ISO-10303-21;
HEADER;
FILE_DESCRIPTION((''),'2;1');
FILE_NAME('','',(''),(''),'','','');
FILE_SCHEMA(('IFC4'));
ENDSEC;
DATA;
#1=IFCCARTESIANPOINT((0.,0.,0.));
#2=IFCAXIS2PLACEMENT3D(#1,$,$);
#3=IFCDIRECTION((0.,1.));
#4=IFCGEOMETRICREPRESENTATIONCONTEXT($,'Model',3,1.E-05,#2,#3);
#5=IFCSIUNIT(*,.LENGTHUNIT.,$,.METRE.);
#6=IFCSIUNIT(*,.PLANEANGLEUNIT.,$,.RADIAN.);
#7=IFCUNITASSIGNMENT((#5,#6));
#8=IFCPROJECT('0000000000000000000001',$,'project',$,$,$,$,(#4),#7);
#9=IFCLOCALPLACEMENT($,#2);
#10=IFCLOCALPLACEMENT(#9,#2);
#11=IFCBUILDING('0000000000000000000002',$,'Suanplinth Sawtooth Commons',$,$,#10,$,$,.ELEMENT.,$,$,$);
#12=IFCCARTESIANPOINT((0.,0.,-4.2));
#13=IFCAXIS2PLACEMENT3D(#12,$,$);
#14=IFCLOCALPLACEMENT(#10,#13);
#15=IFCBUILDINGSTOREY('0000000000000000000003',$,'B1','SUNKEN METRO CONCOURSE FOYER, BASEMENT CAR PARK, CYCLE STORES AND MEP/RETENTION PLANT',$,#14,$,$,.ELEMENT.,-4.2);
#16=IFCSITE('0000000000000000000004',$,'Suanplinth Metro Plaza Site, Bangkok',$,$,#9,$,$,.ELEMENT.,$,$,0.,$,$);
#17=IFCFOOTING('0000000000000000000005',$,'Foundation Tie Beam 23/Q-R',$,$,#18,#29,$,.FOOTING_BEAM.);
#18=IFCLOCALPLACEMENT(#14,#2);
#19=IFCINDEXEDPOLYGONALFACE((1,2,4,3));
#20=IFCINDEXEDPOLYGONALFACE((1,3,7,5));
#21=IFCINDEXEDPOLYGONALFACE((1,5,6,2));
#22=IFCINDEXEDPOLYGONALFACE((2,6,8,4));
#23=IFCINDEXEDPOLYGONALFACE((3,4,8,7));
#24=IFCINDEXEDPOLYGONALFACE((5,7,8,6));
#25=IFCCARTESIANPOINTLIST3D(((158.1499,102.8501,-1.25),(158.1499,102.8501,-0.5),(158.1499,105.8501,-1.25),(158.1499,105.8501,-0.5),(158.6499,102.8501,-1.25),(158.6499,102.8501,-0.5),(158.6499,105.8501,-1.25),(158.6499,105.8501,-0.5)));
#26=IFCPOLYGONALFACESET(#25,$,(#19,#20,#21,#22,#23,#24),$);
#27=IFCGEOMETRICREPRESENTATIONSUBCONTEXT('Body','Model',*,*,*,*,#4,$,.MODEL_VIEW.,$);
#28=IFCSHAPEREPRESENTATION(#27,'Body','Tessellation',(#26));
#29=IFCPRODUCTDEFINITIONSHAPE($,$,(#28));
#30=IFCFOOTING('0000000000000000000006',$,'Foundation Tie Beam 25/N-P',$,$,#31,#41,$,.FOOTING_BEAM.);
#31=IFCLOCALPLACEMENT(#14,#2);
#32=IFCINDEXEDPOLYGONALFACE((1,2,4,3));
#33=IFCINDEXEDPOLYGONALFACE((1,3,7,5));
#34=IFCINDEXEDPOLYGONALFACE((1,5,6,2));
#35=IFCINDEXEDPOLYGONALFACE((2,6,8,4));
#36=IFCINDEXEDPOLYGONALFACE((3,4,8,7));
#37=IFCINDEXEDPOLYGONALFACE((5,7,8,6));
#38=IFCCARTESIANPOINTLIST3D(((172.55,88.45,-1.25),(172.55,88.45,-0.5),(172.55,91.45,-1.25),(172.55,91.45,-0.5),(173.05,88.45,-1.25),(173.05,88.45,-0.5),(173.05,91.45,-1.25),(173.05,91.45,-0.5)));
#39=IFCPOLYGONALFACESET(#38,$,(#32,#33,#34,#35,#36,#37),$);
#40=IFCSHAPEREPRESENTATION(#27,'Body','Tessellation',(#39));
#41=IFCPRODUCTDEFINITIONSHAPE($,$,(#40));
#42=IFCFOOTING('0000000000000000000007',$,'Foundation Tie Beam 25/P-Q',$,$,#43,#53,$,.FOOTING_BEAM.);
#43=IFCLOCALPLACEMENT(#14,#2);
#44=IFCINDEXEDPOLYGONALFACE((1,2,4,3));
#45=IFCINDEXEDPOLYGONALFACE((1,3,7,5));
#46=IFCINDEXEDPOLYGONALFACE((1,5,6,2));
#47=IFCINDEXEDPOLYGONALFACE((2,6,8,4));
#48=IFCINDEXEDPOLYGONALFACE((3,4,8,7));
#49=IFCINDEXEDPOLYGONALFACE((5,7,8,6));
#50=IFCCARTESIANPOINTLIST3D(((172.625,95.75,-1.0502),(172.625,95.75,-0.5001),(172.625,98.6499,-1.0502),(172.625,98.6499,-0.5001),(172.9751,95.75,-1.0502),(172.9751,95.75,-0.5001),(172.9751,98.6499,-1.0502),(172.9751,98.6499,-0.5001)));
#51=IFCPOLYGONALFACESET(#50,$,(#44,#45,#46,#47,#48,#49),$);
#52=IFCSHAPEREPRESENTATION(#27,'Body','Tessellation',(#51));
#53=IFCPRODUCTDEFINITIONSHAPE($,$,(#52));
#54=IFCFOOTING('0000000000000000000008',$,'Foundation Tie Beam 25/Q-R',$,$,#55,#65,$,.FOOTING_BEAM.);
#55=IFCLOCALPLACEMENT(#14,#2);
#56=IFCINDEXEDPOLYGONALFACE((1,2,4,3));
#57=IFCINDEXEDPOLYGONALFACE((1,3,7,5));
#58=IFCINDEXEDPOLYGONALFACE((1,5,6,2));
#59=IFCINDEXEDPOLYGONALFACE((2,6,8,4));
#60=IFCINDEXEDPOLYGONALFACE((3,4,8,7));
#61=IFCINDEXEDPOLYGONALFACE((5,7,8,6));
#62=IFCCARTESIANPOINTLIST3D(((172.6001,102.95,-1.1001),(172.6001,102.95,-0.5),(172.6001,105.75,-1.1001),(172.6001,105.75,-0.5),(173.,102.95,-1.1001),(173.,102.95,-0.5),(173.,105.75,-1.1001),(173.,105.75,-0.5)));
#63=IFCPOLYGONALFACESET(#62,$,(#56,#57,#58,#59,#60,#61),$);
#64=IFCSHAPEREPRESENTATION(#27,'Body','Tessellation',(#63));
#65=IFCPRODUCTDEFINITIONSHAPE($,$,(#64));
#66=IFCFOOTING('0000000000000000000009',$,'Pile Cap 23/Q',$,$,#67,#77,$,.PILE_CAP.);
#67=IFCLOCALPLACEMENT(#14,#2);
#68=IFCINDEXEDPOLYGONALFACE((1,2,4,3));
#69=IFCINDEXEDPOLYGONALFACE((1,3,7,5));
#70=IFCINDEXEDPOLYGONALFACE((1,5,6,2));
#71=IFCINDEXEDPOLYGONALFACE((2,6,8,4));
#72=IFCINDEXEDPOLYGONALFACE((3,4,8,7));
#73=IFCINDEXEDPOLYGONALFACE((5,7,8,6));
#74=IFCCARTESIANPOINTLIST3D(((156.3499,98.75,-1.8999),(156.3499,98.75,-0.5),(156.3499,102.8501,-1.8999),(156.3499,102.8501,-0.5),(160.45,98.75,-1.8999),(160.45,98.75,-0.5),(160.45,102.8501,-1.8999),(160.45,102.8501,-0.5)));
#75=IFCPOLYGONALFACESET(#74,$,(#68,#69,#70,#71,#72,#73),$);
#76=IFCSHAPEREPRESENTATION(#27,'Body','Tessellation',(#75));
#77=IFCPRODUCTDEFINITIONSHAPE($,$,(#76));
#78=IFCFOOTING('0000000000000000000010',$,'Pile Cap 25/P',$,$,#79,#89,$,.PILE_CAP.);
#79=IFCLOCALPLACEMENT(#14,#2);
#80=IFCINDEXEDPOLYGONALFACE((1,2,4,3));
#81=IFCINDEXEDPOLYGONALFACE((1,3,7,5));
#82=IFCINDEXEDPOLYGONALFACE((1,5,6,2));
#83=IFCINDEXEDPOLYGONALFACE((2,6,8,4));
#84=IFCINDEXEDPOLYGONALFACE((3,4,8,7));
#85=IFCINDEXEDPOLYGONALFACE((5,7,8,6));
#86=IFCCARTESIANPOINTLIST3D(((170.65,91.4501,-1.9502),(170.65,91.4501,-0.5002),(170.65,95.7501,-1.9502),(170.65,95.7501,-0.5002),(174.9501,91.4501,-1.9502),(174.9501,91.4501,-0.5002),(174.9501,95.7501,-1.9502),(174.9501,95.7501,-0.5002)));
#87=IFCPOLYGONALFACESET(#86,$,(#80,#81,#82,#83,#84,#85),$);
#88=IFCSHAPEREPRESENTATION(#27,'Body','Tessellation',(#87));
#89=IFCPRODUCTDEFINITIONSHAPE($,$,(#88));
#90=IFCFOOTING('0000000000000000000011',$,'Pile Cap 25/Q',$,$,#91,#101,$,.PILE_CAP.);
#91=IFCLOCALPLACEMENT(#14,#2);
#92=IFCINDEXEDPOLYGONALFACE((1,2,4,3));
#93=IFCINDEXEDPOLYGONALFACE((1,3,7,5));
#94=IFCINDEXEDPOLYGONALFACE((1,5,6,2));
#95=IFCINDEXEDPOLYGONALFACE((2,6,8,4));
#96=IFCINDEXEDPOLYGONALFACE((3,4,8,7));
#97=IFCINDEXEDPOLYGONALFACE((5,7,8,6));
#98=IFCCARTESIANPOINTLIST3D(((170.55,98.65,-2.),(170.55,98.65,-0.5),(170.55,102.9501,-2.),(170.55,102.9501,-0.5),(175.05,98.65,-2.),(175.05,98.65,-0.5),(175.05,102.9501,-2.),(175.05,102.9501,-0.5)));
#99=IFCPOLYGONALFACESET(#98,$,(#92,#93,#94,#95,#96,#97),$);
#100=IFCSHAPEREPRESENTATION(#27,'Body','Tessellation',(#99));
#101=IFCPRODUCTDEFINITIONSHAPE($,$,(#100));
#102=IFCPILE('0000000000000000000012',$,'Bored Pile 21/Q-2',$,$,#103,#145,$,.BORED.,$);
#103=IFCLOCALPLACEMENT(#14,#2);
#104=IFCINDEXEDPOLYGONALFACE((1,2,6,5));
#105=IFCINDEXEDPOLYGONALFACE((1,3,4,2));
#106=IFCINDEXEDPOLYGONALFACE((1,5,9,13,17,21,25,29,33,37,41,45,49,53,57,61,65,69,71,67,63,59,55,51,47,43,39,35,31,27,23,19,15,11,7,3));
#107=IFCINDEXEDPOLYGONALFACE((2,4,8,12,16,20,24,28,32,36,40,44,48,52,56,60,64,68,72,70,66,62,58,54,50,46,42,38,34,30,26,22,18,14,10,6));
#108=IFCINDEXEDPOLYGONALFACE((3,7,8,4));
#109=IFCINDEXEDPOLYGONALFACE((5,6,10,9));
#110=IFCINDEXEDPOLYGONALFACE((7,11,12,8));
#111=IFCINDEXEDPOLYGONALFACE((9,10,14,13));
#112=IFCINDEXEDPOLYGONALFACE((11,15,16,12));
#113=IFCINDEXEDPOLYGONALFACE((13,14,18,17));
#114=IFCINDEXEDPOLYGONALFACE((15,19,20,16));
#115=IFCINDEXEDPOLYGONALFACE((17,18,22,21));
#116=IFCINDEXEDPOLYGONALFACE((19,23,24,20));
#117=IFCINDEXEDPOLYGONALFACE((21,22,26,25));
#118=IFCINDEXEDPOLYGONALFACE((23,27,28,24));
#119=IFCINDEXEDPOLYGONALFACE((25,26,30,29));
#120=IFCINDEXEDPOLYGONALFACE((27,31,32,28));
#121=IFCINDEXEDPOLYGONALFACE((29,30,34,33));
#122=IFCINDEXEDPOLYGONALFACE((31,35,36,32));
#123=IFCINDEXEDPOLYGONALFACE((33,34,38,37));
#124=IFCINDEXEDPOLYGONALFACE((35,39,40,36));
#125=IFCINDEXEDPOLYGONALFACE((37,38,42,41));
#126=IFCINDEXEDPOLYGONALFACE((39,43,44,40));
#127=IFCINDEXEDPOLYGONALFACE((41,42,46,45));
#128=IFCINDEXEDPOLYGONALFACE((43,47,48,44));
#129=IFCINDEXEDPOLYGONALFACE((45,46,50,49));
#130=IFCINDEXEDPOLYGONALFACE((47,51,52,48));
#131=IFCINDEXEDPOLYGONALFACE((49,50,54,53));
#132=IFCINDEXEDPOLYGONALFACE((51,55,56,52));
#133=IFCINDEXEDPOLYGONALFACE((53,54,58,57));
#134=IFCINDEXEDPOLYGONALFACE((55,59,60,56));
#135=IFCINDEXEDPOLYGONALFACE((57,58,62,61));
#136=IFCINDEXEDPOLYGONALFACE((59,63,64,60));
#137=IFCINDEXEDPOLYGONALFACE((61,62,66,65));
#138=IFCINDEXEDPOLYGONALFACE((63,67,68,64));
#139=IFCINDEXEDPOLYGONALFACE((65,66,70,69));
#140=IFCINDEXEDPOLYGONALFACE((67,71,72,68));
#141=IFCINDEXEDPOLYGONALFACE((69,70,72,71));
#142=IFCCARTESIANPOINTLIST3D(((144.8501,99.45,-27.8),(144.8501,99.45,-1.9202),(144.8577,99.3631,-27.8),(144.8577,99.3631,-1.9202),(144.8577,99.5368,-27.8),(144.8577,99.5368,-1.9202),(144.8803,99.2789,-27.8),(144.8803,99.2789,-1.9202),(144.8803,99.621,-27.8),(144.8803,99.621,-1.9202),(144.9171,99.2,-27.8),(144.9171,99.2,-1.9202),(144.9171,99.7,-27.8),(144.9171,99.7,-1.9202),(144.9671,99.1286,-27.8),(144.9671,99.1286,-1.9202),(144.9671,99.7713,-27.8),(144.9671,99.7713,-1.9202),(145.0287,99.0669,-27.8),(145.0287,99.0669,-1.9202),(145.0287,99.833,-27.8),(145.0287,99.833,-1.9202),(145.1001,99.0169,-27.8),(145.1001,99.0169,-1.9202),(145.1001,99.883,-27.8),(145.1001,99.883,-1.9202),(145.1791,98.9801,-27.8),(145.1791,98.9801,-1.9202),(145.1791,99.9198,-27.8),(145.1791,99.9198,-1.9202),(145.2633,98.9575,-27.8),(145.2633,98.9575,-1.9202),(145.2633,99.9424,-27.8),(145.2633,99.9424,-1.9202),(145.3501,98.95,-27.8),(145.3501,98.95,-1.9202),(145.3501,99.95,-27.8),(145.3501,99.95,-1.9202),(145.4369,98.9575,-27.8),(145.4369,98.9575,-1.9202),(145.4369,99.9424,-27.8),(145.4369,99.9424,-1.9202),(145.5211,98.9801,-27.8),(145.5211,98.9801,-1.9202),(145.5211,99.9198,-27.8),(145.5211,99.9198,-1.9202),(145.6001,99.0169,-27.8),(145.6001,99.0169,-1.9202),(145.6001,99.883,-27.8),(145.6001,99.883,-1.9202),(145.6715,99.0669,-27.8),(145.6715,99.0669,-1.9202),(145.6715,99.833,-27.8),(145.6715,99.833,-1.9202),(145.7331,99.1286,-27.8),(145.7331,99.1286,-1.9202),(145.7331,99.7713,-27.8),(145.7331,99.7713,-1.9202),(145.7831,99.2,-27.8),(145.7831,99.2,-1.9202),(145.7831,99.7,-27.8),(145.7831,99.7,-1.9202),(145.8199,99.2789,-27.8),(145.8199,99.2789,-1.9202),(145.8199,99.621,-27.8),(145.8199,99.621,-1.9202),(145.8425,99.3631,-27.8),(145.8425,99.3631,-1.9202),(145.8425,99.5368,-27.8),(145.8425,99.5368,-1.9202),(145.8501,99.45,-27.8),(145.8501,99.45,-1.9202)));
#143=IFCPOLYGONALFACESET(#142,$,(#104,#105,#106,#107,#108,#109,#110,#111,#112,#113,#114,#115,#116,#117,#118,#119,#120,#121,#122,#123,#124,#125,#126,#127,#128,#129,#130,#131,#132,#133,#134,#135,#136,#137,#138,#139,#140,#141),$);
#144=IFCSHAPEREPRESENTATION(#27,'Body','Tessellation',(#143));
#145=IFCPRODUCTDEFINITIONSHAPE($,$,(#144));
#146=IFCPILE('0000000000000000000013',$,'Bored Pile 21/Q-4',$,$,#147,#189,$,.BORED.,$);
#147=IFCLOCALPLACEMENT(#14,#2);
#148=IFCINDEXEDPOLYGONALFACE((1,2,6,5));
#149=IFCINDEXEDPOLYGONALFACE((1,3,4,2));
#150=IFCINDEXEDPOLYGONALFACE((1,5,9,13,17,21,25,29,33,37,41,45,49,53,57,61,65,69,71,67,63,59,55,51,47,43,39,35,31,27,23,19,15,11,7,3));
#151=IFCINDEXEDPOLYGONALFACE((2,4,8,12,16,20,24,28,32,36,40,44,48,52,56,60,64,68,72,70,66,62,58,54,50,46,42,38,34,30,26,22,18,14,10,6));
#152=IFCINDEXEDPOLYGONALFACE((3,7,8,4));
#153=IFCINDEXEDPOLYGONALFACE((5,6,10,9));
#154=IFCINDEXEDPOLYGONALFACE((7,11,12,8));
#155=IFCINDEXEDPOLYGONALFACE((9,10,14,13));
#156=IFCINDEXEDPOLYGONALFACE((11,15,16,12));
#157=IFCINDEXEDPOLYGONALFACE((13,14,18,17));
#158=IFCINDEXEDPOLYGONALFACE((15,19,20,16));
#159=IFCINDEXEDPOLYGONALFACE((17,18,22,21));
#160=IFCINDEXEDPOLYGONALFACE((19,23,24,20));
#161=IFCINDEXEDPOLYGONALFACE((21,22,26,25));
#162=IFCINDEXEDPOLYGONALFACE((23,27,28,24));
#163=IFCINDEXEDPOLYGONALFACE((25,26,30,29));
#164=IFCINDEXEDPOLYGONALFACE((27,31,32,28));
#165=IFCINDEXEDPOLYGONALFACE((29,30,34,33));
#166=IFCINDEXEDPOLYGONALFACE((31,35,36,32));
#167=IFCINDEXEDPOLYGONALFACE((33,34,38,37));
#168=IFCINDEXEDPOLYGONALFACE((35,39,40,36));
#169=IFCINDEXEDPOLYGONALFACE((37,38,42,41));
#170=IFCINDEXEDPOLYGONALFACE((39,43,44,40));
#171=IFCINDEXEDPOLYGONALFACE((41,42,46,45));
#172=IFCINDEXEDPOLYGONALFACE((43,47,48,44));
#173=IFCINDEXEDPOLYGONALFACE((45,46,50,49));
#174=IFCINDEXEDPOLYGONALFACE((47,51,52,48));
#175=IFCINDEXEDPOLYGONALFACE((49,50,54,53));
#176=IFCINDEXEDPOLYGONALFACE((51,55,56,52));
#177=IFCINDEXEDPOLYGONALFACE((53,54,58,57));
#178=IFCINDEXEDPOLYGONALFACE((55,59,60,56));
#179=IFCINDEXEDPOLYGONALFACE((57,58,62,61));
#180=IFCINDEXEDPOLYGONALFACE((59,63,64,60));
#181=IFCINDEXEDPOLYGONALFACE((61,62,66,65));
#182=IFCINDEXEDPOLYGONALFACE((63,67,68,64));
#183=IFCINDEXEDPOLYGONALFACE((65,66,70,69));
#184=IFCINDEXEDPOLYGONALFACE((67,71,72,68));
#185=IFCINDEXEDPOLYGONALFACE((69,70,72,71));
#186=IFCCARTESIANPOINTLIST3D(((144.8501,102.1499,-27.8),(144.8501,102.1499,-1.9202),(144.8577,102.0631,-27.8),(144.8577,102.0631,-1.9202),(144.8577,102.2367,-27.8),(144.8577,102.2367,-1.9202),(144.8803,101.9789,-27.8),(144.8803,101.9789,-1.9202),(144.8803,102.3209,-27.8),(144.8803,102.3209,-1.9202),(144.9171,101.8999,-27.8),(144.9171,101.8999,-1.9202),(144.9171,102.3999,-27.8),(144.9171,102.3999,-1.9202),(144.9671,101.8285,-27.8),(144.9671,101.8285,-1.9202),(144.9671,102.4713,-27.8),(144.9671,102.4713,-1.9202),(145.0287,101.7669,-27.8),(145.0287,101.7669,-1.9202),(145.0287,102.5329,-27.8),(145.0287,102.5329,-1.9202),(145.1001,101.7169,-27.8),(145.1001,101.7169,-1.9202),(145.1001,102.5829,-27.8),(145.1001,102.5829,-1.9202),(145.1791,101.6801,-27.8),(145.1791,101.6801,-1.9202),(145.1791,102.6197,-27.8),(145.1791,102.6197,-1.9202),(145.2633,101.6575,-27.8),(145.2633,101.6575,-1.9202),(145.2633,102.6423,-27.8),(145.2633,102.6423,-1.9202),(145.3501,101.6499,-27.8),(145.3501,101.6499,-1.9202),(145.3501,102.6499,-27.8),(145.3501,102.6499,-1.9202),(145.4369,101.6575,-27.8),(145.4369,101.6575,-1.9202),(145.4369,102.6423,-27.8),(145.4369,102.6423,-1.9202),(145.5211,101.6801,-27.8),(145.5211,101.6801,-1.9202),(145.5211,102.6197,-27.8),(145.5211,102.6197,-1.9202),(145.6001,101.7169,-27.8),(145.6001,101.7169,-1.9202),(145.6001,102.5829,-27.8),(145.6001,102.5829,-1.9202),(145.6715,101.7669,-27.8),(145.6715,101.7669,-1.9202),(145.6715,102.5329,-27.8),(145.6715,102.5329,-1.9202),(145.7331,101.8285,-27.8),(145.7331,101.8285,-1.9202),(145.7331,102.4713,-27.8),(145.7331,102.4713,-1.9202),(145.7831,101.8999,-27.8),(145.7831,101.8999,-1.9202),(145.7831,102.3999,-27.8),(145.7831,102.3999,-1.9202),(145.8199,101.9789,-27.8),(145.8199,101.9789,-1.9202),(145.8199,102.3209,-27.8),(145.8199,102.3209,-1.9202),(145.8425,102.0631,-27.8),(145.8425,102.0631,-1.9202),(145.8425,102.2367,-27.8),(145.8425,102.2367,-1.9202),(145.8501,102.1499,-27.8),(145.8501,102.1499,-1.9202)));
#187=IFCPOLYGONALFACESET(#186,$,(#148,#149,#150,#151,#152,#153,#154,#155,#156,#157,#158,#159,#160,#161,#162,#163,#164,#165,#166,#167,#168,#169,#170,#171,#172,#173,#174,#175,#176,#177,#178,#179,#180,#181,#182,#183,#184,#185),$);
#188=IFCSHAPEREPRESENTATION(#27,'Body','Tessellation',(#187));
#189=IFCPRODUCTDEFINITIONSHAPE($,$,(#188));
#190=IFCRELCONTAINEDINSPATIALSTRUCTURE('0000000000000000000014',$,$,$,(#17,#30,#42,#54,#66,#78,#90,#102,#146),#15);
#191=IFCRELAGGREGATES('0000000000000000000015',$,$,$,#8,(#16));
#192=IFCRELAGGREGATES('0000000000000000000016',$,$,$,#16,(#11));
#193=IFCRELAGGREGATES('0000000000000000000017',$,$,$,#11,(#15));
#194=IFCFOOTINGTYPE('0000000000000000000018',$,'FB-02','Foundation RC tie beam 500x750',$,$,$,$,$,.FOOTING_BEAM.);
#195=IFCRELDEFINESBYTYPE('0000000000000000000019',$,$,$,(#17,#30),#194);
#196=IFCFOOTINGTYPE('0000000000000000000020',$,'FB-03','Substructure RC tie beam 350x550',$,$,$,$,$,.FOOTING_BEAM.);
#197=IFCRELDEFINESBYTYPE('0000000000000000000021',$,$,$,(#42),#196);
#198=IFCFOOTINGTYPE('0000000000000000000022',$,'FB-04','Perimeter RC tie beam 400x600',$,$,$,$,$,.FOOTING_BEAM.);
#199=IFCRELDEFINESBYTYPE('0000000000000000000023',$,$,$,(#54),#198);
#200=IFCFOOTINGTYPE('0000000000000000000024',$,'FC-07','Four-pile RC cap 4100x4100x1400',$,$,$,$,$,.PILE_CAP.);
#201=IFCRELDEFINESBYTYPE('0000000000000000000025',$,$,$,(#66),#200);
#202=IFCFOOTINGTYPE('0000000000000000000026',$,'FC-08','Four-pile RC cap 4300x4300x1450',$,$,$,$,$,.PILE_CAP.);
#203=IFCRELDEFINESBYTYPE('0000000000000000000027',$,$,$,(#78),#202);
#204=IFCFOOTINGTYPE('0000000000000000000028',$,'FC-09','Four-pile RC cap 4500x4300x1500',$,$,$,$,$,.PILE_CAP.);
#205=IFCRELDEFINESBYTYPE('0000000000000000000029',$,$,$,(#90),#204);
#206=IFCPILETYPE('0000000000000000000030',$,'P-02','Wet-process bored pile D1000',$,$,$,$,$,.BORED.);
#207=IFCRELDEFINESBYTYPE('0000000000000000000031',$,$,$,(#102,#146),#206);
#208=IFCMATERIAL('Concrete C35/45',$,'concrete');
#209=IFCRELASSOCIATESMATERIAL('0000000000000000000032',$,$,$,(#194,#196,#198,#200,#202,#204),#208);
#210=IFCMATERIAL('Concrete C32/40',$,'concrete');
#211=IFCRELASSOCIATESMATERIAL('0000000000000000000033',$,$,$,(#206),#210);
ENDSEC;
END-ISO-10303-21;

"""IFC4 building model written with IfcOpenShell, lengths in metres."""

from ifc_helpers import new_model, si_unit, direction, frame, origin, origin_2d, place, context, subcontext, project, spatial, rectangle, circle, extrude, material, material_profile, profile_set, type_object, element, save


model = new_model("IFC4")

# Units and contexts
model_context = context("Model", 3, precision=1e-05, world=origin(), true_north=direction((0.0, 1.0)))
body_context = subcontext(model_context, "Body", "Model", "MODEL_VIEW")
ifc_project = project(units=[si_unit("LENGTHUNIT", "METRE"), si_unit("PLANEANGLEUNIT", "RADIAN")], contexts=[model_context])

# Site, building, storey
site_placement = place(None, origin())
site = spatial("IfcSite", under=ifc_project, at=site_placement, Name="Suanplinth Metro Plaza Site, Bangkok", CompositionType="ELEMENT", RefElevation=0.0)
building_placement = place(site_placement, origin())
building = spatial("IfcBuilding", under=site, at=building_placement, Name="Suanplinth Sawtooth Commons", CompositionType="ELEMENT")
storey_placement = place(building_placement, frame((0.0, 0.0, -4.2)))
storey = spatial("IfcBuildingStorey", under=building, at=storey_placement, Name="B1", Description="SUNKEN METRO CONCOURSE FOYER, BASEMENT CAR PARK, CYCLE STORES AND MEP/RETENTION PLANT", CompositionType="ELEMENT", Elevation=-4.2)

# Footings
ifc_material_1 = material(Name="Concrete C35/45", Category="concrete")
ifc_material_profile_1 = material_profile(ifc_material_1, rectangle(XDim=0.5, YDim=0.75, at=origin_2d()), Name="RC-GDR 500x750")
ifc_profile_set_1 = profile_set([ifc_material_profile_1], Name="Concrete C35/45")
footing_type_1 = type_object("IfcFootingType", Name="FB-02", Description="Foundation RC tie beam 500x750", PredefinedType="FOOTING_BEAM", material=ifc_profile_set_1)
for number, where, z_axis, x_axis, name in (
    (1, (158.3999, 102.8501, -0.875), (0.0, 1.0, 0.0), (-1.0, 0.0, 0.0), "Foundation Tie Beam 23/Q-R"),
    (2, (172.8, 88.45, -0.875), (0.0, 1.0, 0.0), (-1.0, 0.0, 0.0), "Foundation Tie Beam 25/N-P"),
):
    element("IfcFooting", number, at=place(storey_placement, frame(where, z_axis=z_axis, x_axis=x_axis)), inside=storey, type_object=footing_type_1, Name=name, PredefinedType="FOOTING_BEAM", context=body_context, shape_type="SweptSolid", body=[
        extrude(rectangle(XDim=0.5, YDim=0.75, at=origin_2d()), origin(), (0.0, 0.0, 1.0), 3.0),
    ])
ifc_material_profile_2 = material_profile(ifc_material_1, rectangle(XDim=0.3501, YDim=0.55, at=origin_2d()), Name="PC-BM 350x550")
ifc_profile_set_2 = profile_set([ifc_material_profile_2], Name="Concrete C35/45")
footing_type_2 = type_object("IfcFootingType", Name="FB-03", Description="Substructure RC tie beam 350x550", PredefinedType="FOOTING_BEAM", material=ifc_profile_set_2)
footing_1_placement = place(storey_placement, frame((172.8, 95.75, -0.7751), z_axis=(0.0, 1.0, 0.0), x_axis=(-1.0, 0.0, 0.0)))
element("IfcFooting", 3, at=footing_1_placement, inside=storey, type_object=footing_type_2, Name="Foundation Tie Beam 25/P-Q", PredefinedType="FOOTING_BEAM", context=body_context, shape_type="SweptSolid", body=[
    extrude(rectangle(XDim=0.3501, YDim=0.55, at=origin_2d()), origin(), (0.0, 0.0, 1.0), 2.8999),
])
ifc_material_profile_3 = material_profile(ifc_material_1, rectangle(XDim=0.3999, YDim=0.6001, at=origin_2d()), Name="PC-GDR 400x600")
ifc_profile_set_3 = profile_set([ifc_material_profile_3], Name="Concrete C35/45")
footing_type_3 = type_object("IfcFootingType", Name="FB-04", Description="Perimeter RC tie beam 400x600", PredefinedType="FOOTING_BEAM", material=ifc_profile_set_3)
footing_2_placement = place(storey_placement, frame((172.8, 102.95, -0.8), z_axis=(0.0, 1.0, 0.0), x_axis=(-1.0, 0.0, 0.0)))
element("IfcFooting", 4, at=footing_2_placement, inside=storey, type_object=footing_type_3, Name="Foundation Tie Beam 25/Q-R", PredefinedType="FOOTING_BEAM", context=body_context, shape_type="SweptSolid", body=[
    extrude(rectangle(XDim=0.3999, YDim=0.6001, at=origin_2d()), origin(), (0.0, 0.0, 1.0), 2.8),
])
footing_type_4 = type_object("IfcFootingType", Name="FC-07", Description="Four-pile RC cap 4100x4100x1400", PredefinedType="PILE_CAP", material=ifc_material_1)
footing_3_placement = place(storey_placement, frame((158.3999, 100.8, -1.8999), z_axis=(0.0, 0.0, 1.0), x_axis=(1.0, 0.0, 0.0)))
element("IfcFooting", 5, at=footing_3_placement, inside=storey, type_object=footing_type_4, Name="Pile Cap 23/Q", PredefinedType="PILE_CAP", context=body_context, shape_type="SweptSolid", body=[
    extrude(rectangle(XDim=4.1001, YDim=4.1001, at=origin_2d()), origin(), (0.0, 0.0, 1.0), 1.3999),
])
footing_type_5 = type_object("IfcFootingType", Name="FC-08", Description="Four-pile RC cap 4300x4300x1450", PredefinedType="PILE_CAP", material=ifc_material_1)
footing_4_placement = place(storey_placement, frame((172.8, 93.6001, -1.9502), z_axis=(0.0, 0.0, 1.0), x_axis=(1.0, 0.0, 0.0)))
element("IfcFooting", 6, at=footing_4_placement, inside=storey, type_object=footing_type_5, Name="Pile Cap 25/P", PredefinedType="PILE_CAP", context=body_context, shape_type="SweptSolid", body=[
    extrude(rectangle(XDim=4.3, YDim=4.3, at=origin_2d()), origin(), (0.0, 0.0, 1.0), 1.45),
])
footing_type_6 = type_object("IfcFootingType", Name="FC-09", Description="Four-pile RC cap 4500x4300x1500", PredefinedType="PILE_CAP", material=ifc_material_1)
footing_5_placement = place(storey_placement, frame((172.8, 100.8, -2.0), z_axis=(0.0, 0.0, 1.0), x_axis=(1.0, 0.0, 0.0)))
element("IfcFooting", 7, at=footing_5_placement, inside=storey, type_object=footing_type_6, Name="Pile Cap 25/Q", PredefinedType="PILE_CAP", context=body_context, shape_type="SweptSolid", body=[
    extrude(rectangle(XDim=4.5, YDim=4.3, at=origin_2d()), origin(), (0.0, 0.0, 1.0), 1.5),
])

# Piles
ifc_material_2 = material(Name="Concrete C32/40", Category="concrete")
ifc_material_profile_4 = material_profile(ifc_material_2, circle(Radius=0.5, at=origin_2d()), Name="PILE D1000")
ifc_profile_set_4 = profile_set([ifc_material_profile_4], Name="Concrete C32/40")
pile_type = type_object("IfcPileType", Name="P-02", Description="Wet-process bored pile D1000", PredefinedType="BORED", material=ifc_profile_set_4)
for number, where, z_axis, x_axis, name in (
    (8, (145.3501, 99.45, -1.9202), (0.0, 0.0, -1.0), (1.0, 0.0, 0.0), "Bored Pile 21/Q-2"),
    (9, (145.3501, 102.1499, -1.9202), (0.0, 0.0, -1.0), (1.0, 0.0, 0.0), "Bored Pile 21/Q-4"),
):
    element("IfcPile", number, at=place(storey_placement, frame(where, z_axis=z_axis, x_axis=x_axis)), inside=storey, type_object=pile_type, Name=name, PredefinedType="BORED", context=body_context, shape_type="SweptSolid", body=[
        extrude(circle(Radius=0.5, at=origin_2d()), origin(), (0.0, 0.0, 1.0), 25.8799),
    ])

save(model, "model.ifc")
